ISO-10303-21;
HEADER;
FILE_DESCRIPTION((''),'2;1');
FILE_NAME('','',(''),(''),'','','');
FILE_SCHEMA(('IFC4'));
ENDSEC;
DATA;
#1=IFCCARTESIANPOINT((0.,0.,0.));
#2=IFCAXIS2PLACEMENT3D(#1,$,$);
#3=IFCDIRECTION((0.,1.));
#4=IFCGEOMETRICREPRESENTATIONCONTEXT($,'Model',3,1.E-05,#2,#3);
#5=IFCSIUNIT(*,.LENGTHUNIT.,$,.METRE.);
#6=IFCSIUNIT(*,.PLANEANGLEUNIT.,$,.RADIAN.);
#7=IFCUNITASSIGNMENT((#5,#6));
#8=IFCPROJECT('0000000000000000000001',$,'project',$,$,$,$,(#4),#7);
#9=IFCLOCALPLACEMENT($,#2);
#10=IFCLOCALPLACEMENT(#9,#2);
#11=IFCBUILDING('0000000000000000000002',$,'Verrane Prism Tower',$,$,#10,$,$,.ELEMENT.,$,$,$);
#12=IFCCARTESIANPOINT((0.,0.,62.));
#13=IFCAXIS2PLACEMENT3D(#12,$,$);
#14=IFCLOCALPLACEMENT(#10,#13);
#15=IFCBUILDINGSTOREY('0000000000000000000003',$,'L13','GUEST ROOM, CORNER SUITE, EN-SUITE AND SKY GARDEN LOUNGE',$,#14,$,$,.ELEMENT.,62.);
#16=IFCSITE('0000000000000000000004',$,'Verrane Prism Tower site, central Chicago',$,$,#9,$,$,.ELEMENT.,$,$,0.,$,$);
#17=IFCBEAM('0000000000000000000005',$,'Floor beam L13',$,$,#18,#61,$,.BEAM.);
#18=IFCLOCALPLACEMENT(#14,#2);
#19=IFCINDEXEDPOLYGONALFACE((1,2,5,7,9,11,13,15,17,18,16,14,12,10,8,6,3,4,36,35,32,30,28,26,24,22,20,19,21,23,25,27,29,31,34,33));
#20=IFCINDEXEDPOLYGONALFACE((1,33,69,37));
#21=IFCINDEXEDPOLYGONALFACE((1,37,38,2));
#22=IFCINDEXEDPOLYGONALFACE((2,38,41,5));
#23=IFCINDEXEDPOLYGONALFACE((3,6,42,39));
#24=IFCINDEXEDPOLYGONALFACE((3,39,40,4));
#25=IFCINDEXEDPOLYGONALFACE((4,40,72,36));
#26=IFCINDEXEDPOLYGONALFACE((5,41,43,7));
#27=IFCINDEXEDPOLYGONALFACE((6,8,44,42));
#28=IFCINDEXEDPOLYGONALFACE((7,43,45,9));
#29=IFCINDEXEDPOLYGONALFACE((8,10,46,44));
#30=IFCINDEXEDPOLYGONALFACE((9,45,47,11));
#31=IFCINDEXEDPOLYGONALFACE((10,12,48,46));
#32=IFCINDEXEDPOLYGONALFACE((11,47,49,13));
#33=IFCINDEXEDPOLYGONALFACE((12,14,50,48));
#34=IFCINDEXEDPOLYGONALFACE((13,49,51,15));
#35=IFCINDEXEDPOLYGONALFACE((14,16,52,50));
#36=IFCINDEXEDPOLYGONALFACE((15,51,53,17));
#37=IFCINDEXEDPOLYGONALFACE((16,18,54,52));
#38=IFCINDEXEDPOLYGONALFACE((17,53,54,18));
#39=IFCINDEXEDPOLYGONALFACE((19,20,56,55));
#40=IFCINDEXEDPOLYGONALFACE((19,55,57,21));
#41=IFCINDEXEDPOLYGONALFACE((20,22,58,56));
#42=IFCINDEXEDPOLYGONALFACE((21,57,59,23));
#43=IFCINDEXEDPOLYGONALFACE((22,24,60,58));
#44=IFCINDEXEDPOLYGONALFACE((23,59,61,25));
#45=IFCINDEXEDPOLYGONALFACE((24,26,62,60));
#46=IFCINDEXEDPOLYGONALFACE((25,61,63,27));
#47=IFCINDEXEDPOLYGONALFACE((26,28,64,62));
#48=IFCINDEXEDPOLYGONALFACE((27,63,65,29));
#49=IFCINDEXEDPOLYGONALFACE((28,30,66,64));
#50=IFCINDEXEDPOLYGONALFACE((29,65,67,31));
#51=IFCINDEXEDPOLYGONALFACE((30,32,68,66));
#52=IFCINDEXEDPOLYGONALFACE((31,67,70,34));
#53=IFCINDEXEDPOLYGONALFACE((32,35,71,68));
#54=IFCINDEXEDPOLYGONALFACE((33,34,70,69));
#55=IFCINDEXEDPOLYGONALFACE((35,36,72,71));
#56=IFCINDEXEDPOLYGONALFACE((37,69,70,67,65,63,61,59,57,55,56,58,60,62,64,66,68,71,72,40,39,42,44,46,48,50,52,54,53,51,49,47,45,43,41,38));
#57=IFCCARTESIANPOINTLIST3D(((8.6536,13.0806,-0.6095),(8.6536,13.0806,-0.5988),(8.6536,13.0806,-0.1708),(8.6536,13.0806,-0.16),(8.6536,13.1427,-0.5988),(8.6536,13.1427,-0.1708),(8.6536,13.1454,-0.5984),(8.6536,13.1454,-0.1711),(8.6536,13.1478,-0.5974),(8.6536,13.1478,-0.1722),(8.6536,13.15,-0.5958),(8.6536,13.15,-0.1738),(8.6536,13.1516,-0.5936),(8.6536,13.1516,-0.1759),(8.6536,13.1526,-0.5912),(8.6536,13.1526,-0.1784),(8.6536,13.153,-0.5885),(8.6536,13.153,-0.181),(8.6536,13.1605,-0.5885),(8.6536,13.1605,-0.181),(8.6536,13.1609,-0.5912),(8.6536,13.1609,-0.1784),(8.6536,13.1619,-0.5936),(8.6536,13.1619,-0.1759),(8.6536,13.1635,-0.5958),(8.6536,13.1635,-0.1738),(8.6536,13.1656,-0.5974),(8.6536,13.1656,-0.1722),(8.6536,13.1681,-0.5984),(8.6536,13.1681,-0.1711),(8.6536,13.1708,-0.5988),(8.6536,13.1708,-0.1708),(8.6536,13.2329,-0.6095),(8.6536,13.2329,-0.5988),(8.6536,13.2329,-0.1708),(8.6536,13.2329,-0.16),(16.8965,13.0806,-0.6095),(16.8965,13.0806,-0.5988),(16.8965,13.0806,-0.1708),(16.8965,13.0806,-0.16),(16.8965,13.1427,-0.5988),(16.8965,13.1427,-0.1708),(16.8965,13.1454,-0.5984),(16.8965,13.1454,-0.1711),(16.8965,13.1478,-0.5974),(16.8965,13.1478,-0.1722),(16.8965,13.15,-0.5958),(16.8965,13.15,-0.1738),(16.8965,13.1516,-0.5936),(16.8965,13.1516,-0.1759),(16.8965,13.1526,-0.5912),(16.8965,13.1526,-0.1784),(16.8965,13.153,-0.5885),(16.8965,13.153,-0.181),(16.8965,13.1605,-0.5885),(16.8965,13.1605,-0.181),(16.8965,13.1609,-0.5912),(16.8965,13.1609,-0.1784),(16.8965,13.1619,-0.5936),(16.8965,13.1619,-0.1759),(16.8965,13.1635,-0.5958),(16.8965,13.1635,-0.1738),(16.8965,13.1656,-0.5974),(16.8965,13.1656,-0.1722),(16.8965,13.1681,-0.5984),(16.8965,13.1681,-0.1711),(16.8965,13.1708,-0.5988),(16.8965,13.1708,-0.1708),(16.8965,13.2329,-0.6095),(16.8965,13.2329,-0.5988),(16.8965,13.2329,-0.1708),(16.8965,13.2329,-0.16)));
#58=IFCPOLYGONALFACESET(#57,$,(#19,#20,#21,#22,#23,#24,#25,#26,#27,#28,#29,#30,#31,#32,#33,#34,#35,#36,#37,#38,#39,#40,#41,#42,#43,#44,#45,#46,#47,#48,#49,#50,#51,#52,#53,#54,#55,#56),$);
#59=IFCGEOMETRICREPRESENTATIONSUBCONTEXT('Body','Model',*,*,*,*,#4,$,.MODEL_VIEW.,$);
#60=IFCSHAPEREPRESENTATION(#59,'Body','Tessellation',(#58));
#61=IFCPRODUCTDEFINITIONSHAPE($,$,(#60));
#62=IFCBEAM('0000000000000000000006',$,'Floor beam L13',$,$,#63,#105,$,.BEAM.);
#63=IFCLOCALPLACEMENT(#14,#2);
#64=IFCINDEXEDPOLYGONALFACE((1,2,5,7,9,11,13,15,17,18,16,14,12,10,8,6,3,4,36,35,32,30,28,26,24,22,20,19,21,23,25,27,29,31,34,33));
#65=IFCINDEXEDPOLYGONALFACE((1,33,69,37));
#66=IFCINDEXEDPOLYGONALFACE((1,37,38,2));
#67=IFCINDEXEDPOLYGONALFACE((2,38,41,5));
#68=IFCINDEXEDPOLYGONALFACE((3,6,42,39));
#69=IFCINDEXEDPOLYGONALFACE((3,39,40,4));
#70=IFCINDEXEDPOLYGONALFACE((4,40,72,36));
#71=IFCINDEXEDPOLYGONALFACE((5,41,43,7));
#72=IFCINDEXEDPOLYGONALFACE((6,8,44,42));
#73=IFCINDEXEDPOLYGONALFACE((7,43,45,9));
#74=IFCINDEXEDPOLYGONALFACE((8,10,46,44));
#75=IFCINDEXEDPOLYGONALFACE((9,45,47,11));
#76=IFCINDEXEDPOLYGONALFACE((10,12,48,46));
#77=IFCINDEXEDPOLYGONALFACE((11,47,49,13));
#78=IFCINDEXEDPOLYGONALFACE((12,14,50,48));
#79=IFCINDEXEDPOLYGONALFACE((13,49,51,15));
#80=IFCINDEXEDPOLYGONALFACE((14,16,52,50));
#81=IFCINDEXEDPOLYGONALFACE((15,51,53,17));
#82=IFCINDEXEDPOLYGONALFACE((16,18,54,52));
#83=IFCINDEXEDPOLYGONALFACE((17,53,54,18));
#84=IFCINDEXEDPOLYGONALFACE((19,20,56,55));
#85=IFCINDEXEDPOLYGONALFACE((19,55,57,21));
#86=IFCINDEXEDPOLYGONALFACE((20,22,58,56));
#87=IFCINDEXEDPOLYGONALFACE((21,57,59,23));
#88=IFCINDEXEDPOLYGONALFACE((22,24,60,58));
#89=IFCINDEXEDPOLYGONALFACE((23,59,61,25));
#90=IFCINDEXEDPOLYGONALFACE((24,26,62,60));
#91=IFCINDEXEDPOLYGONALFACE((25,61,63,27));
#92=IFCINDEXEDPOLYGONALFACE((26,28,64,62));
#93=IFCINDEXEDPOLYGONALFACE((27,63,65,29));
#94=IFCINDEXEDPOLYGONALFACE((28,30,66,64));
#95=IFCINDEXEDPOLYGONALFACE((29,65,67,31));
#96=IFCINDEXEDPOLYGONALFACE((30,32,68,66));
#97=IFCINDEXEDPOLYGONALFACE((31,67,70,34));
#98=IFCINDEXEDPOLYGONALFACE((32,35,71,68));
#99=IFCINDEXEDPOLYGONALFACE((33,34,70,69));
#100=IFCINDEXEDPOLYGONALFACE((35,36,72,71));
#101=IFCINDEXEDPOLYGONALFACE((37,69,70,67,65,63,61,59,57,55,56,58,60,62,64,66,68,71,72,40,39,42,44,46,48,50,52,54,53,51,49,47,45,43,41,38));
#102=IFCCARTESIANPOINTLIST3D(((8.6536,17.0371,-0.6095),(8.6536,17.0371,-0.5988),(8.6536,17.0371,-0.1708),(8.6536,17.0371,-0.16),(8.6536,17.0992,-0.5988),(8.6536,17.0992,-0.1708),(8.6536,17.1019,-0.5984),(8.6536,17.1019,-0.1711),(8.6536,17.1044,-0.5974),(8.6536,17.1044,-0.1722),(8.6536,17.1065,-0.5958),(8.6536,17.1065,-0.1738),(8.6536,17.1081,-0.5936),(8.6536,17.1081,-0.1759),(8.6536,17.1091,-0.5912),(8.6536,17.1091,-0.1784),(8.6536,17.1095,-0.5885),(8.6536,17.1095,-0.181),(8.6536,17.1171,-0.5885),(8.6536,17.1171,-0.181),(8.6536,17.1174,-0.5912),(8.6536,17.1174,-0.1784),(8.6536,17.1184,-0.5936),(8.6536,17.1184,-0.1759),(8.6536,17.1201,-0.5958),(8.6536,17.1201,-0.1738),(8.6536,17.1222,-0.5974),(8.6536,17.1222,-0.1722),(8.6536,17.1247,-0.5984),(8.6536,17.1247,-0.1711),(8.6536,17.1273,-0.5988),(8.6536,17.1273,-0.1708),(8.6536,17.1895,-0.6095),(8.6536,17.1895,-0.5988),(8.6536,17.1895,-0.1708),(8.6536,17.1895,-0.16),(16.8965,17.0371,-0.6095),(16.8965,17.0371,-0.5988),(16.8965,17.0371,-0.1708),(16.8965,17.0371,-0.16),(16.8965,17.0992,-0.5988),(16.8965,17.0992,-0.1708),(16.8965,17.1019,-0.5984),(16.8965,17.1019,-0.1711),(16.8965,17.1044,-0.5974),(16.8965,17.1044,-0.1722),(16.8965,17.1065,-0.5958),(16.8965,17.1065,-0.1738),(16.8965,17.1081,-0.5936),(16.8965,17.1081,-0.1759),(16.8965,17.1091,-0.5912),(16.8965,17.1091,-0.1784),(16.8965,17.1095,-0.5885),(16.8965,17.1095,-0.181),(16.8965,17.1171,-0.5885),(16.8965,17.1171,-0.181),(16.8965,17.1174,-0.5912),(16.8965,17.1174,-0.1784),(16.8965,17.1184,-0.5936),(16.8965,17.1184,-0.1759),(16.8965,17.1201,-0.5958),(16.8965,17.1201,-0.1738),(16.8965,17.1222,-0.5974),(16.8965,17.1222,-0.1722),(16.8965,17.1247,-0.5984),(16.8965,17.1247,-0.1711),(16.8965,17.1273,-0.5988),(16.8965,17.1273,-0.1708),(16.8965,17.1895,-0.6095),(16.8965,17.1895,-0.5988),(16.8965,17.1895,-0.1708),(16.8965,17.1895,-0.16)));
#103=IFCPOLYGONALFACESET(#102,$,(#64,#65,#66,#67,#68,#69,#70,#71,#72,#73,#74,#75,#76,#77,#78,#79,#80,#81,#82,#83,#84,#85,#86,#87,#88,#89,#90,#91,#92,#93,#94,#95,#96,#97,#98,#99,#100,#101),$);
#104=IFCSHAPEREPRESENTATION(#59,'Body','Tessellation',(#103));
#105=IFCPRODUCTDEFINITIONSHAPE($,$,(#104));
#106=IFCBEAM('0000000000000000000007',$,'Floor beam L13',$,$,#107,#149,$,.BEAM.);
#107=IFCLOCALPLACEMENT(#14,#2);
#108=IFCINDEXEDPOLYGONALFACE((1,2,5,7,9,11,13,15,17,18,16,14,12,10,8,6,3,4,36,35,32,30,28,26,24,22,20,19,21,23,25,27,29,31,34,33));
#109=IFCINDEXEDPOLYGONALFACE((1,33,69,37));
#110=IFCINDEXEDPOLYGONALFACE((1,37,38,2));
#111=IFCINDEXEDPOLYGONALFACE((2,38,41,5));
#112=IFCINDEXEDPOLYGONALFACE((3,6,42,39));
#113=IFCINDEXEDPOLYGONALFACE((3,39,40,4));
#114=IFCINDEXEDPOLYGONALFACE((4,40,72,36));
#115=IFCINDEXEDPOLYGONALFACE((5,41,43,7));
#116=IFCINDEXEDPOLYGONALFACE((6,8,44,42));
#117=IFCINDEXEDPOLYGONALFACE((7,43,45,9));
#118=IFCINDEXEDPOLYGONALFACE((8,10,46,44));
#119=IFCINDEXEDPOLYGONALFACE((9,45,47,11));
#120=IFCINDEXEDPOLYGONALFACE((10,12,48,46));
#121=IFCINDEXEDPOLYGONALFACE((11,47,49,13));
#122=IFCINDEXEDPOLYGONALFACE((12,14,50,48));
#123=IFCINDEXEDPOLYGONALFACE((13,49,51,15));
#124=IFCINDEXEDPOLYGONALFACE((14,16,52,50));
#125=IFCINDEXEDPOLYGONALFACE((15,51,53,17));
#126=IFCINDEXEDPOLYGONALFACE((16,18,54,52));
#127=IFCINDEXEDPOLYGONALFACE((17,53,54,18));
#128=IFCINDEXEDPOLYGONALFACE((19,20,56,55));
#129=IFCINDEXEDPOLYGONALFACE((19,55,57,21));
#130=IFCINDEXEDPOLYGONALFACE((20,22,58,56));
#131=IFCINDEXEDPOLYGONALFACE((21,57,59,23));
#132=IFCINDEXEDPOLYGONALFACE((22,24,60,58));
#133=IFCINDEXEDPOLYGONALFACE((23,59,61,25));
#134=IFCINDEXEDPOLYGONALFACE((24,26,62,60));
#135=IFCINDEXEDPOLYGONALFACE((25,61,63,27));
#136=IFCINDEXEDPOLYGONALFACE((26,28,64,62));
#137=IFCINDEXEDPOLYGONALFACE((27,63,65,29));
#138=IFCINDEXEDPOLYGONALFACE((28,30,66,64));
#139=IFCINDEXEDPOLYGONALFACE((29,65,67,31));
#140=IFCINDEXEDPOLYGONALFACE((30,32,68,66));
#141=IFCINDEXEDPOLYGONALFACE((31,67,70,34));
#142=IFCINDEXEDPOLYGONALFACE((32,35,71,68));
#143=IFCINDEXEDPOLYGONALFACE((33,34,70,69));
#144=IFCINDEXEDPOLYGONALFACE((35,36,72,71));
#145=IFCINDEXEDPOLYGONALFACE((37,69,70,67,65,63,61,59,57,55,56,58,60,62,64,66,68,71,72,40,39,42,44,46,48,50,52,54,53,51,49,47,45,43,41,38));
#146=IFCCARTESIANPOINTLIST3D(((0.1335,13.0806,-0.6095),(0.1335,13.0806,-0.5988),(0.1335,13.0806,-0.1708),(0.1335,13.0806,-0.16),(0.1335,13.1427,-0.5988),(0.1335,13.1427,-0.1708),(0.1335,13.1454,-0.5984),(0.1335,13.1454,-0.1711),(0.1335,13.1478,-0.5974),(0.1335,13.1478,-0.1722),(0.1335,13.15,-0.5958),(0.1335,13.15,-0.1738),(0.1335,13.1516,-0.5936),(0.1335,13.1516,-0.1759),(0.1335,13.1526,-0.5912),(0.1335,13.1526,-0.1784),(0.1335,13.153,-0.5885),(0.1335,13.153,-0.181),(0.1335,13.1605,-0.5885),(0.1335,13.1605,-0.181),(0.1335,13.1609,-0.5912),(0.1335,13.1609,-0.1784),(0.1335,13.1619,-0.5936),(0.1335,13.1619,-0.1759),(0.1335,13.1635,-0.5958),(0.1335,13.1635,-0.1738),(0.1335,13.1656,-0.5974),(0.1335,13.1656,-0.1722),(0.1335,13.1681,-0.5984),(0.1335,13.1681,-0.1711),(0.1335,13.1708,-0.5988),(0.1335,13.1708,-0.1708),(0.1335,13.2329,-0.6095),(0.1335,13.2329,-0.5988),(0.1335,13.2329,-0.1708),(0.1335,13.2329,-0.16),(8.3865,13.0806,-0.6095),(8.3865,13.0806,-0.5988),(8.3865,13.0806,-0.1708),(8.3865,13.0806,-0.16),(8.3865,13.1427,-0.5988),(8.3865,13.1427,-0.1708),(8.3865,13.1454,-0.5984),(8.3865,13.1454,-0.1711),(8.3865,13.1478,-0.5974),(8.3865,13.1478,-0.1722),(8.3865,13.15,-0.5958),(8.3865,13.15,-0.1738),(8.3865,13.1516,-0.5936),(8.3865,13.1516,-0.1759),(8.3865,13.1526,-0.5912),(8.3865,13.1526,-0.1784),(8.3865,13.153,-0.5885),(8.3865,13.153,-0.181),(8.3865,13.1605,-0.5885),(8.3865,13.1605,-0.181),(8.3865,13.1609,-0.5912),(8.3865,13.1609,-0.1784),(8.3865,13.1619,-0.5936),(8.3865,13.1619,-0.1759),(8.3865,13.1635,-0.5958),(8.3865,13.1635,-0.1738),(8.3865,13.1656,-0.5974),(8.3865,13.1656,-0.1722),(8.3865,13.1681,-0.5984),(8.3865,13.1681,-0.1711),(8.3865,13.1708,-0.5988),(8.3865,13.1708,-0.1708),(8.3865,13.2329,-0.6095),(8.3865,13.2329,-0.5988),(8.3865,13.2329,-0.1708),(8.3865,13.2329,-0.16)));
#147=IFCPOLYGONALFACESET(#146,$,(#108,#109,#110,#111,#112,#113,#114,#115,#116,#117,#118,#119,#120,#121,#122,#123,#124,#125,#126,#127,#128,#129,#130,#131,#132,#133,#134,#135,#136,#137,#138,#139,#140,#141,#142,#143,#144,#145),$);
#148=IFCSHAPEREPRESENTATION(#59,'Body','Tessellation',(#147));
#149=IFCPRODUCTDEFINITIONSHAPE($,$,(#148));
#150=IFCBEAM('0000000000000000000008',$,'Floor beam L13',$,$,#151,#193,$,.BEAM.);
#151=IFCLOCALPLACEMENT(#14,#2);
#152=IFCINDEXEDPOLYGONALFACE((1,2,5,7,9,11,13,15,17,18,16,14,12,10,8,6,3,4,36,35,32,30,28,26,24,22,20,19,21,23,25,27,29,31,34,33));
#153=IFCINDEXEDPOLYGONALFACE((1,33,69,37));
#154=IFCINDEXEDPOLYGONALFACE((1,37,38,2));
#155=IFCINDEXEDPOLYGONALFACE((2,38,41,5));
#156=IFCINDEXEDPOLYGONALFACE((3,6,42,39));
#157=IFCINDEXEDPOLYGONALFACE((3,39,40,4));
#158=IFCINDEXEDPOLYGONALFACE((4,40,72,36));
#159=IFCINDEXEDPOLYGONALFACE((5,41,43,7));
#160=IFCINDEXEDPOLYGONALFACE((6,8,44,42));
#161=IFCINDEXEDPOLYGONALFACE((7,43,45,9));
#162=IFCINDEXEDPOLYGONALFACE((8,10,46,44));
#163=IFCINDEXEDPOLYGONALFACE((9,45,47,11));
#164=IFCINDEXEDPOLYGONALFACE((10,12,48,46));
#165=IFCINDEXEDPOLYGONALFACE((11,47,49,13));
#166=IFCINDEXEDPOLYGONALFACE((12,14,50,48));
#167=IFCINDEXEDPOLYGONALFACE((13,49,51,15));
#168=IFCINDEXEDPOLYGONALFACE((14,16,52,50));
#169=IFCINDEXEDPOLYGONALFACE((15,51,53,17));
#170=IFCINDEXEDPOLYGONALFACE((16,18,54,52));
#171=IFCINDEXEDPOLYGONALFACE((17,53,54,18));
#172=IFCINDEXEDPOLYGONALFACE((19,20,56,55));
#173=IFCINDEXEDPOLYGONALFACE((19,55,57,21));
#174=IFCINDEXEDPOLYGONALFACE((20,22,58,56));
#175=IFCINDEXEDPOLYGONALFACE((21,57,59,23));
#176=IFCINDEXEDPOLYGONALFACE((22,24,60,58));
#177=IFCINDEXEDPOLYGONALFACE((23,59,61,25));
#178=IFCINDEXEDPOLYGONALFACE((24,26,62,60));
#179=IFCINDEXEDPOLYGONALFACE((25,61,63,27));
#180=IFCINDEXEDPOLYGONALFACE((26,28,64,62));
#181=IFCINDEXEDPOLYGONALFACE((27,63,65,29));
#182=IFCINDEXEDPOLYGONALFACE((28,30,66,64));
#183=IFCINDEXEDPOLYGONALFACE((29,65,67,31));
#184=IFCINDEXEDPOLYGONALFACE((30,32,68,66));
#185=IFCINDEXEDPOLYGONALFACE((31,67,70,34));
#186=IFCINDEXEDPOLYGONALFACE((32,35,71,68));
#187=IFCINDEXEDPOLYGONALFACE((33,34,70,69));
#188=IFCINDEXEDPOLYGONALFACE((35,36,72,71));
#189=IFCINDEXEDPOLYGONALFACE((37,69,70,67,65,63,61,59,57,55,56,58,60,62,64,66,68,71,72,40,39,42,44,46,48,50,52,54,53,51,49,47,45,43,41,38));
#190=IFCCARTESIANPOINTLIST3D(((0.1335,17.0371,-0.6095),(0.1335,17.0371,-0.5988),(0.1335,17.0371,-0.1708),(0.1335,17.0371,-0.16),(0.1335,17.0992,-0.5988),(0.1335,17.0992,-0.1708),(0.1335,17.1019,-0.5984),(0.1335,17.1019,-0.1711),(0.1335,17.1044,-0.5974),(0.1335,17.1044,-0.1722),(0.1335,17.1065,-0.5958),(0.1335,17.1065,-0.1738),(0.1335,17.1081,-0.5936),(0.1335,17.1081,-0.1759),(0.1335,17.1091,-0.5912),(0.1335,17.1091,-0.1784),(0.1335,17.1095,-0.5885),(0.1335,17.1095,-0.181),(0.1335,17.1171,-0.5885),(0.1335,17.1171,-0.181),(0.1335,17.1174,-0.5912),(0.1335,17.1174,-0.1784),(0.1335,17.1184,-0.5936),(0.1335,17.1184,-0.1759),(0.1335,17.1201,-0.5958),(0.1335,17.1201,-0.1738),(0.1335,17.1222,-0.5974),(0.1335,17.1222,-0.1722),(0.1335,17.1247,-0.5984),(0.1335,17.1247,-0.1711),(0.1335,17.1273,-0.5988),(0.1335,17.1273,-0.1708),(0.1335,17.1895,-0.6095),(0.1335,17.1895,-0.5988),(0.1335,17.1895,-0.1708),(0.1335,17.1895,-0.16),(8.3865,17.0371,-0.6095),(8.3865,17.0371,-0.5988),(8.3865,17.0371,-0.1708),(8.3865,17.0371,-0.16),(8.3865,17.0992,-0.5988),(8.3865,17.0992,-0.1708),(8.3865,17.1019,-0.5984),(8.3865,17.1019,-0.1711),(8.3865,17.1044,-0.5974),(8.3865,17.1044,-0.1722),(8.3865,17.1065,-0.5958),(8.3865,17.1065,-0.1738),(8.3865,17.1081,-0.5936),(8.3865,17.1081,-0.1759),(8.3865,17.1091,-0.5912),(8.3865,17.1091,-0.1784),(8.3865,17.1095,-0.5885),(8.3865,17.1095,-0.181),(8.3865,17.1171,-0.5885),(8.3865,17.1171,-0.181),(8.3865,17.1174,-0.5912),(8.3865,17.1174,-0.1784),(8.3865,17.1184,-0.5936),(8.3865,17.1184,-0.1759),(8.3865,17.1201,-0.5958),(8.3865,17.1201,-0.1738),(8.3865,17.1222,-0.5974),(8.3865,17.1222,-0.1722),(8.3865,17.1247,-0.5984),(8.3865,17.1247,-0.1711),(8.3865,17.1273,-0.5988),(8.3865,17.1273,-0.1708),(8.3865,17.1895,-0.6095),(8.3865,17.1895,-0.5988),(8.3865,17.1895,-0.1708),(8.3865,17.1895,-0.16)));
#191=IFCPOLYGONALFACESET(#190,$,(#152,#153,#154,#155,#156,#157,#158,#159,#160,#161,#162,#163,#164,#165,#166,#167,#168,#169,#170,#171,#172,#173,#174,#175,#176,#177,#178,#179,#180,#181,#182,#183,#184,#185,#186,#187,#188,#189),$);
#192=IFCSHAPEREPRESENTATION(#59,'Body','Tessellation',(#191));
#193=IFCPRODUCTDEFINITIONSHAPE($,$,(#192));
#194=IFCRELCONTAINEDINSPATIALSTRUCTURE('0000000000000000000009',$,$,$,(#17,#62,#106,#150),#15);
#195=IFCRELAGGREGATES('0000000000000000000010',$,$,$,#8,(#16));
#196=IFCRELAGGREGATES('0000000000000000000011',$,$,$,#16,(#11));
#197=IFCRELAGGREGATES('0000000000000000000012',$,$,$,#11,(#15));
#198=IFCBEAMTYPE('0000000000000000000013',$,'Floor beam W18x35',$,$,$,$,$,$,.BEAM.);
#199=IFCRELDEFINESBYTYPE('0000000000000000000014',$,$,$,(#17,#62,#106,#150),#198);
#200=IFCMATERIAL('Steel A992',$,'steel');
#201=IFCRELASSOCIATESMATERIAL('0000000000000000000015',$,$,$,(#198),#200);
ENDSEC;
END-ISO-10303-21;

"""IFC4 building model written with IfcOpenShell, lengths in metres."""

from ifc_helpers import new_model, si_unit, direction, frame, origin, origin_2d, place, context, subcontext, project, spatial, i_section, extrude, material, material_profile, profile_set, type_object, element, save


model = new_model("IFC4")

# Units and contexts
model_context = context("Model", 3, precision=1e-05, world=origin(), true_north=direction((0.0, 1.0)))
body_context = subcontext(model_context, "Body", "Model", "MODEL_VIEW")
ifc_project = project(units=[si_unit("LENGTHUNIT", "METRE"), si_unit("PLANEANGLEUNIT", "RADIAN")], contexts=[model_context])

# Site, building, storey
site_placement = place(None, origin())
site = spatial("IfcSite", under=ifc_project, at=site_placement, Name="Verrane Prism Tower site, central Chicago", CompositionType="ELEMENT", RefElevation=0.0)
building_placement = place(site_placement, origin())
building = spatial("IfcBuilding", under=site, at=building_placement, Name="Verrane Prism Tower", CompositionType="ELEMENT")
storey_placement = place(building_placement, frame((0.0, 0.0, 62.0)))
storey = spatial("IfcBuildingStorey", under=building, at=storey_placement, Name="L13", Description="GUEST ROOM, CORNER SUITE, EN-SUITE AND SKY GARDEN LOUNGE", CompositionType="ELEMENT", Elevation=62.0)

# Beams
ifc_material_1 = material(Name="Steel A992", Category="steel")
ifc_material_profile_1 = material_profile(ifc_material_1, i_section(OverallWidth=0.1523, OverallDepth=0.4495, WebThickness=0.0076, FlangeThickness=0.0107, FilletRadius=0.0103, at=origin_2d()), Name="W18x35")
ifc_profile_set_1 = profile_set([ifc_material_profile_1], Name="Steel A992")
beam_type_1 = type_object("IfcBeamType", Name="Floor beam W18x35", PredefinedType="BEAM", material=ifc_profile_set_1)
for number, where, z_axis, x_axis, name in (
    (1, (8.6536, 13.1567, -0.3848), (1.0, 0.0, 0.0), (0.0, 1.0, 0.0), "Floor beam L13"),
    (2, (8.6536, 17.1133, -0.3848), (1.0, 0.0, 0.0), (0.0, 1.0, 0.0), "Floor beam L13"),
):
    element("IfcBeam", number, at=place(storey_placement, frame(where, z_axis=z_axis, x_axis=x_axis)), inside=storey, type_object=beam_type_1, Name=name, PredefinedType="BEAM", context=body_context, shape_type="SweptSolid", body=[
        extrude(i_section(OverallWidth=0.1523, OverallDepth=0.4495, WebThickness=0.0076, FlangeThickness=0.0107, FilletRadius=0.0103, at=origin_2d()), origin(), (0.0, 0.0, 1.0), 8.2429),
    ])
for number, where, z_axis, x_axis, name in (
    (3, (0.1335, 13.1567, -0.3848), (1.0, 0.0, 0.0), (0.0, 1.0, 0.0), "Floor beam L13"),
    (4, (0.1335, 17.1133, -0.3848), (1.0, 0.0, 0.0), (0.0, 1.0, 0.0), "Floor beam L13"),
):
    element("IfcBeam", number, at=place(storey_placement, frame(where, z_axis=z_axis, x_axis=x_axis)), inside=storey, type_object=beam_type_1, Name=name, PredefinedType="BEAM", context=body_context, shape_type="SweptSolid", body=[
        extrude(i_section(OverallWidth=0.1523, OverallDepth=0.4495, WebThickness=0.0076, FlangeThickness=0.0107, FilletRadius=0.0103, at=origin_2d()), origin(), (0.0, 0.0, 1.0), 8.2529),
    ])

save(model, "model.ifc")
